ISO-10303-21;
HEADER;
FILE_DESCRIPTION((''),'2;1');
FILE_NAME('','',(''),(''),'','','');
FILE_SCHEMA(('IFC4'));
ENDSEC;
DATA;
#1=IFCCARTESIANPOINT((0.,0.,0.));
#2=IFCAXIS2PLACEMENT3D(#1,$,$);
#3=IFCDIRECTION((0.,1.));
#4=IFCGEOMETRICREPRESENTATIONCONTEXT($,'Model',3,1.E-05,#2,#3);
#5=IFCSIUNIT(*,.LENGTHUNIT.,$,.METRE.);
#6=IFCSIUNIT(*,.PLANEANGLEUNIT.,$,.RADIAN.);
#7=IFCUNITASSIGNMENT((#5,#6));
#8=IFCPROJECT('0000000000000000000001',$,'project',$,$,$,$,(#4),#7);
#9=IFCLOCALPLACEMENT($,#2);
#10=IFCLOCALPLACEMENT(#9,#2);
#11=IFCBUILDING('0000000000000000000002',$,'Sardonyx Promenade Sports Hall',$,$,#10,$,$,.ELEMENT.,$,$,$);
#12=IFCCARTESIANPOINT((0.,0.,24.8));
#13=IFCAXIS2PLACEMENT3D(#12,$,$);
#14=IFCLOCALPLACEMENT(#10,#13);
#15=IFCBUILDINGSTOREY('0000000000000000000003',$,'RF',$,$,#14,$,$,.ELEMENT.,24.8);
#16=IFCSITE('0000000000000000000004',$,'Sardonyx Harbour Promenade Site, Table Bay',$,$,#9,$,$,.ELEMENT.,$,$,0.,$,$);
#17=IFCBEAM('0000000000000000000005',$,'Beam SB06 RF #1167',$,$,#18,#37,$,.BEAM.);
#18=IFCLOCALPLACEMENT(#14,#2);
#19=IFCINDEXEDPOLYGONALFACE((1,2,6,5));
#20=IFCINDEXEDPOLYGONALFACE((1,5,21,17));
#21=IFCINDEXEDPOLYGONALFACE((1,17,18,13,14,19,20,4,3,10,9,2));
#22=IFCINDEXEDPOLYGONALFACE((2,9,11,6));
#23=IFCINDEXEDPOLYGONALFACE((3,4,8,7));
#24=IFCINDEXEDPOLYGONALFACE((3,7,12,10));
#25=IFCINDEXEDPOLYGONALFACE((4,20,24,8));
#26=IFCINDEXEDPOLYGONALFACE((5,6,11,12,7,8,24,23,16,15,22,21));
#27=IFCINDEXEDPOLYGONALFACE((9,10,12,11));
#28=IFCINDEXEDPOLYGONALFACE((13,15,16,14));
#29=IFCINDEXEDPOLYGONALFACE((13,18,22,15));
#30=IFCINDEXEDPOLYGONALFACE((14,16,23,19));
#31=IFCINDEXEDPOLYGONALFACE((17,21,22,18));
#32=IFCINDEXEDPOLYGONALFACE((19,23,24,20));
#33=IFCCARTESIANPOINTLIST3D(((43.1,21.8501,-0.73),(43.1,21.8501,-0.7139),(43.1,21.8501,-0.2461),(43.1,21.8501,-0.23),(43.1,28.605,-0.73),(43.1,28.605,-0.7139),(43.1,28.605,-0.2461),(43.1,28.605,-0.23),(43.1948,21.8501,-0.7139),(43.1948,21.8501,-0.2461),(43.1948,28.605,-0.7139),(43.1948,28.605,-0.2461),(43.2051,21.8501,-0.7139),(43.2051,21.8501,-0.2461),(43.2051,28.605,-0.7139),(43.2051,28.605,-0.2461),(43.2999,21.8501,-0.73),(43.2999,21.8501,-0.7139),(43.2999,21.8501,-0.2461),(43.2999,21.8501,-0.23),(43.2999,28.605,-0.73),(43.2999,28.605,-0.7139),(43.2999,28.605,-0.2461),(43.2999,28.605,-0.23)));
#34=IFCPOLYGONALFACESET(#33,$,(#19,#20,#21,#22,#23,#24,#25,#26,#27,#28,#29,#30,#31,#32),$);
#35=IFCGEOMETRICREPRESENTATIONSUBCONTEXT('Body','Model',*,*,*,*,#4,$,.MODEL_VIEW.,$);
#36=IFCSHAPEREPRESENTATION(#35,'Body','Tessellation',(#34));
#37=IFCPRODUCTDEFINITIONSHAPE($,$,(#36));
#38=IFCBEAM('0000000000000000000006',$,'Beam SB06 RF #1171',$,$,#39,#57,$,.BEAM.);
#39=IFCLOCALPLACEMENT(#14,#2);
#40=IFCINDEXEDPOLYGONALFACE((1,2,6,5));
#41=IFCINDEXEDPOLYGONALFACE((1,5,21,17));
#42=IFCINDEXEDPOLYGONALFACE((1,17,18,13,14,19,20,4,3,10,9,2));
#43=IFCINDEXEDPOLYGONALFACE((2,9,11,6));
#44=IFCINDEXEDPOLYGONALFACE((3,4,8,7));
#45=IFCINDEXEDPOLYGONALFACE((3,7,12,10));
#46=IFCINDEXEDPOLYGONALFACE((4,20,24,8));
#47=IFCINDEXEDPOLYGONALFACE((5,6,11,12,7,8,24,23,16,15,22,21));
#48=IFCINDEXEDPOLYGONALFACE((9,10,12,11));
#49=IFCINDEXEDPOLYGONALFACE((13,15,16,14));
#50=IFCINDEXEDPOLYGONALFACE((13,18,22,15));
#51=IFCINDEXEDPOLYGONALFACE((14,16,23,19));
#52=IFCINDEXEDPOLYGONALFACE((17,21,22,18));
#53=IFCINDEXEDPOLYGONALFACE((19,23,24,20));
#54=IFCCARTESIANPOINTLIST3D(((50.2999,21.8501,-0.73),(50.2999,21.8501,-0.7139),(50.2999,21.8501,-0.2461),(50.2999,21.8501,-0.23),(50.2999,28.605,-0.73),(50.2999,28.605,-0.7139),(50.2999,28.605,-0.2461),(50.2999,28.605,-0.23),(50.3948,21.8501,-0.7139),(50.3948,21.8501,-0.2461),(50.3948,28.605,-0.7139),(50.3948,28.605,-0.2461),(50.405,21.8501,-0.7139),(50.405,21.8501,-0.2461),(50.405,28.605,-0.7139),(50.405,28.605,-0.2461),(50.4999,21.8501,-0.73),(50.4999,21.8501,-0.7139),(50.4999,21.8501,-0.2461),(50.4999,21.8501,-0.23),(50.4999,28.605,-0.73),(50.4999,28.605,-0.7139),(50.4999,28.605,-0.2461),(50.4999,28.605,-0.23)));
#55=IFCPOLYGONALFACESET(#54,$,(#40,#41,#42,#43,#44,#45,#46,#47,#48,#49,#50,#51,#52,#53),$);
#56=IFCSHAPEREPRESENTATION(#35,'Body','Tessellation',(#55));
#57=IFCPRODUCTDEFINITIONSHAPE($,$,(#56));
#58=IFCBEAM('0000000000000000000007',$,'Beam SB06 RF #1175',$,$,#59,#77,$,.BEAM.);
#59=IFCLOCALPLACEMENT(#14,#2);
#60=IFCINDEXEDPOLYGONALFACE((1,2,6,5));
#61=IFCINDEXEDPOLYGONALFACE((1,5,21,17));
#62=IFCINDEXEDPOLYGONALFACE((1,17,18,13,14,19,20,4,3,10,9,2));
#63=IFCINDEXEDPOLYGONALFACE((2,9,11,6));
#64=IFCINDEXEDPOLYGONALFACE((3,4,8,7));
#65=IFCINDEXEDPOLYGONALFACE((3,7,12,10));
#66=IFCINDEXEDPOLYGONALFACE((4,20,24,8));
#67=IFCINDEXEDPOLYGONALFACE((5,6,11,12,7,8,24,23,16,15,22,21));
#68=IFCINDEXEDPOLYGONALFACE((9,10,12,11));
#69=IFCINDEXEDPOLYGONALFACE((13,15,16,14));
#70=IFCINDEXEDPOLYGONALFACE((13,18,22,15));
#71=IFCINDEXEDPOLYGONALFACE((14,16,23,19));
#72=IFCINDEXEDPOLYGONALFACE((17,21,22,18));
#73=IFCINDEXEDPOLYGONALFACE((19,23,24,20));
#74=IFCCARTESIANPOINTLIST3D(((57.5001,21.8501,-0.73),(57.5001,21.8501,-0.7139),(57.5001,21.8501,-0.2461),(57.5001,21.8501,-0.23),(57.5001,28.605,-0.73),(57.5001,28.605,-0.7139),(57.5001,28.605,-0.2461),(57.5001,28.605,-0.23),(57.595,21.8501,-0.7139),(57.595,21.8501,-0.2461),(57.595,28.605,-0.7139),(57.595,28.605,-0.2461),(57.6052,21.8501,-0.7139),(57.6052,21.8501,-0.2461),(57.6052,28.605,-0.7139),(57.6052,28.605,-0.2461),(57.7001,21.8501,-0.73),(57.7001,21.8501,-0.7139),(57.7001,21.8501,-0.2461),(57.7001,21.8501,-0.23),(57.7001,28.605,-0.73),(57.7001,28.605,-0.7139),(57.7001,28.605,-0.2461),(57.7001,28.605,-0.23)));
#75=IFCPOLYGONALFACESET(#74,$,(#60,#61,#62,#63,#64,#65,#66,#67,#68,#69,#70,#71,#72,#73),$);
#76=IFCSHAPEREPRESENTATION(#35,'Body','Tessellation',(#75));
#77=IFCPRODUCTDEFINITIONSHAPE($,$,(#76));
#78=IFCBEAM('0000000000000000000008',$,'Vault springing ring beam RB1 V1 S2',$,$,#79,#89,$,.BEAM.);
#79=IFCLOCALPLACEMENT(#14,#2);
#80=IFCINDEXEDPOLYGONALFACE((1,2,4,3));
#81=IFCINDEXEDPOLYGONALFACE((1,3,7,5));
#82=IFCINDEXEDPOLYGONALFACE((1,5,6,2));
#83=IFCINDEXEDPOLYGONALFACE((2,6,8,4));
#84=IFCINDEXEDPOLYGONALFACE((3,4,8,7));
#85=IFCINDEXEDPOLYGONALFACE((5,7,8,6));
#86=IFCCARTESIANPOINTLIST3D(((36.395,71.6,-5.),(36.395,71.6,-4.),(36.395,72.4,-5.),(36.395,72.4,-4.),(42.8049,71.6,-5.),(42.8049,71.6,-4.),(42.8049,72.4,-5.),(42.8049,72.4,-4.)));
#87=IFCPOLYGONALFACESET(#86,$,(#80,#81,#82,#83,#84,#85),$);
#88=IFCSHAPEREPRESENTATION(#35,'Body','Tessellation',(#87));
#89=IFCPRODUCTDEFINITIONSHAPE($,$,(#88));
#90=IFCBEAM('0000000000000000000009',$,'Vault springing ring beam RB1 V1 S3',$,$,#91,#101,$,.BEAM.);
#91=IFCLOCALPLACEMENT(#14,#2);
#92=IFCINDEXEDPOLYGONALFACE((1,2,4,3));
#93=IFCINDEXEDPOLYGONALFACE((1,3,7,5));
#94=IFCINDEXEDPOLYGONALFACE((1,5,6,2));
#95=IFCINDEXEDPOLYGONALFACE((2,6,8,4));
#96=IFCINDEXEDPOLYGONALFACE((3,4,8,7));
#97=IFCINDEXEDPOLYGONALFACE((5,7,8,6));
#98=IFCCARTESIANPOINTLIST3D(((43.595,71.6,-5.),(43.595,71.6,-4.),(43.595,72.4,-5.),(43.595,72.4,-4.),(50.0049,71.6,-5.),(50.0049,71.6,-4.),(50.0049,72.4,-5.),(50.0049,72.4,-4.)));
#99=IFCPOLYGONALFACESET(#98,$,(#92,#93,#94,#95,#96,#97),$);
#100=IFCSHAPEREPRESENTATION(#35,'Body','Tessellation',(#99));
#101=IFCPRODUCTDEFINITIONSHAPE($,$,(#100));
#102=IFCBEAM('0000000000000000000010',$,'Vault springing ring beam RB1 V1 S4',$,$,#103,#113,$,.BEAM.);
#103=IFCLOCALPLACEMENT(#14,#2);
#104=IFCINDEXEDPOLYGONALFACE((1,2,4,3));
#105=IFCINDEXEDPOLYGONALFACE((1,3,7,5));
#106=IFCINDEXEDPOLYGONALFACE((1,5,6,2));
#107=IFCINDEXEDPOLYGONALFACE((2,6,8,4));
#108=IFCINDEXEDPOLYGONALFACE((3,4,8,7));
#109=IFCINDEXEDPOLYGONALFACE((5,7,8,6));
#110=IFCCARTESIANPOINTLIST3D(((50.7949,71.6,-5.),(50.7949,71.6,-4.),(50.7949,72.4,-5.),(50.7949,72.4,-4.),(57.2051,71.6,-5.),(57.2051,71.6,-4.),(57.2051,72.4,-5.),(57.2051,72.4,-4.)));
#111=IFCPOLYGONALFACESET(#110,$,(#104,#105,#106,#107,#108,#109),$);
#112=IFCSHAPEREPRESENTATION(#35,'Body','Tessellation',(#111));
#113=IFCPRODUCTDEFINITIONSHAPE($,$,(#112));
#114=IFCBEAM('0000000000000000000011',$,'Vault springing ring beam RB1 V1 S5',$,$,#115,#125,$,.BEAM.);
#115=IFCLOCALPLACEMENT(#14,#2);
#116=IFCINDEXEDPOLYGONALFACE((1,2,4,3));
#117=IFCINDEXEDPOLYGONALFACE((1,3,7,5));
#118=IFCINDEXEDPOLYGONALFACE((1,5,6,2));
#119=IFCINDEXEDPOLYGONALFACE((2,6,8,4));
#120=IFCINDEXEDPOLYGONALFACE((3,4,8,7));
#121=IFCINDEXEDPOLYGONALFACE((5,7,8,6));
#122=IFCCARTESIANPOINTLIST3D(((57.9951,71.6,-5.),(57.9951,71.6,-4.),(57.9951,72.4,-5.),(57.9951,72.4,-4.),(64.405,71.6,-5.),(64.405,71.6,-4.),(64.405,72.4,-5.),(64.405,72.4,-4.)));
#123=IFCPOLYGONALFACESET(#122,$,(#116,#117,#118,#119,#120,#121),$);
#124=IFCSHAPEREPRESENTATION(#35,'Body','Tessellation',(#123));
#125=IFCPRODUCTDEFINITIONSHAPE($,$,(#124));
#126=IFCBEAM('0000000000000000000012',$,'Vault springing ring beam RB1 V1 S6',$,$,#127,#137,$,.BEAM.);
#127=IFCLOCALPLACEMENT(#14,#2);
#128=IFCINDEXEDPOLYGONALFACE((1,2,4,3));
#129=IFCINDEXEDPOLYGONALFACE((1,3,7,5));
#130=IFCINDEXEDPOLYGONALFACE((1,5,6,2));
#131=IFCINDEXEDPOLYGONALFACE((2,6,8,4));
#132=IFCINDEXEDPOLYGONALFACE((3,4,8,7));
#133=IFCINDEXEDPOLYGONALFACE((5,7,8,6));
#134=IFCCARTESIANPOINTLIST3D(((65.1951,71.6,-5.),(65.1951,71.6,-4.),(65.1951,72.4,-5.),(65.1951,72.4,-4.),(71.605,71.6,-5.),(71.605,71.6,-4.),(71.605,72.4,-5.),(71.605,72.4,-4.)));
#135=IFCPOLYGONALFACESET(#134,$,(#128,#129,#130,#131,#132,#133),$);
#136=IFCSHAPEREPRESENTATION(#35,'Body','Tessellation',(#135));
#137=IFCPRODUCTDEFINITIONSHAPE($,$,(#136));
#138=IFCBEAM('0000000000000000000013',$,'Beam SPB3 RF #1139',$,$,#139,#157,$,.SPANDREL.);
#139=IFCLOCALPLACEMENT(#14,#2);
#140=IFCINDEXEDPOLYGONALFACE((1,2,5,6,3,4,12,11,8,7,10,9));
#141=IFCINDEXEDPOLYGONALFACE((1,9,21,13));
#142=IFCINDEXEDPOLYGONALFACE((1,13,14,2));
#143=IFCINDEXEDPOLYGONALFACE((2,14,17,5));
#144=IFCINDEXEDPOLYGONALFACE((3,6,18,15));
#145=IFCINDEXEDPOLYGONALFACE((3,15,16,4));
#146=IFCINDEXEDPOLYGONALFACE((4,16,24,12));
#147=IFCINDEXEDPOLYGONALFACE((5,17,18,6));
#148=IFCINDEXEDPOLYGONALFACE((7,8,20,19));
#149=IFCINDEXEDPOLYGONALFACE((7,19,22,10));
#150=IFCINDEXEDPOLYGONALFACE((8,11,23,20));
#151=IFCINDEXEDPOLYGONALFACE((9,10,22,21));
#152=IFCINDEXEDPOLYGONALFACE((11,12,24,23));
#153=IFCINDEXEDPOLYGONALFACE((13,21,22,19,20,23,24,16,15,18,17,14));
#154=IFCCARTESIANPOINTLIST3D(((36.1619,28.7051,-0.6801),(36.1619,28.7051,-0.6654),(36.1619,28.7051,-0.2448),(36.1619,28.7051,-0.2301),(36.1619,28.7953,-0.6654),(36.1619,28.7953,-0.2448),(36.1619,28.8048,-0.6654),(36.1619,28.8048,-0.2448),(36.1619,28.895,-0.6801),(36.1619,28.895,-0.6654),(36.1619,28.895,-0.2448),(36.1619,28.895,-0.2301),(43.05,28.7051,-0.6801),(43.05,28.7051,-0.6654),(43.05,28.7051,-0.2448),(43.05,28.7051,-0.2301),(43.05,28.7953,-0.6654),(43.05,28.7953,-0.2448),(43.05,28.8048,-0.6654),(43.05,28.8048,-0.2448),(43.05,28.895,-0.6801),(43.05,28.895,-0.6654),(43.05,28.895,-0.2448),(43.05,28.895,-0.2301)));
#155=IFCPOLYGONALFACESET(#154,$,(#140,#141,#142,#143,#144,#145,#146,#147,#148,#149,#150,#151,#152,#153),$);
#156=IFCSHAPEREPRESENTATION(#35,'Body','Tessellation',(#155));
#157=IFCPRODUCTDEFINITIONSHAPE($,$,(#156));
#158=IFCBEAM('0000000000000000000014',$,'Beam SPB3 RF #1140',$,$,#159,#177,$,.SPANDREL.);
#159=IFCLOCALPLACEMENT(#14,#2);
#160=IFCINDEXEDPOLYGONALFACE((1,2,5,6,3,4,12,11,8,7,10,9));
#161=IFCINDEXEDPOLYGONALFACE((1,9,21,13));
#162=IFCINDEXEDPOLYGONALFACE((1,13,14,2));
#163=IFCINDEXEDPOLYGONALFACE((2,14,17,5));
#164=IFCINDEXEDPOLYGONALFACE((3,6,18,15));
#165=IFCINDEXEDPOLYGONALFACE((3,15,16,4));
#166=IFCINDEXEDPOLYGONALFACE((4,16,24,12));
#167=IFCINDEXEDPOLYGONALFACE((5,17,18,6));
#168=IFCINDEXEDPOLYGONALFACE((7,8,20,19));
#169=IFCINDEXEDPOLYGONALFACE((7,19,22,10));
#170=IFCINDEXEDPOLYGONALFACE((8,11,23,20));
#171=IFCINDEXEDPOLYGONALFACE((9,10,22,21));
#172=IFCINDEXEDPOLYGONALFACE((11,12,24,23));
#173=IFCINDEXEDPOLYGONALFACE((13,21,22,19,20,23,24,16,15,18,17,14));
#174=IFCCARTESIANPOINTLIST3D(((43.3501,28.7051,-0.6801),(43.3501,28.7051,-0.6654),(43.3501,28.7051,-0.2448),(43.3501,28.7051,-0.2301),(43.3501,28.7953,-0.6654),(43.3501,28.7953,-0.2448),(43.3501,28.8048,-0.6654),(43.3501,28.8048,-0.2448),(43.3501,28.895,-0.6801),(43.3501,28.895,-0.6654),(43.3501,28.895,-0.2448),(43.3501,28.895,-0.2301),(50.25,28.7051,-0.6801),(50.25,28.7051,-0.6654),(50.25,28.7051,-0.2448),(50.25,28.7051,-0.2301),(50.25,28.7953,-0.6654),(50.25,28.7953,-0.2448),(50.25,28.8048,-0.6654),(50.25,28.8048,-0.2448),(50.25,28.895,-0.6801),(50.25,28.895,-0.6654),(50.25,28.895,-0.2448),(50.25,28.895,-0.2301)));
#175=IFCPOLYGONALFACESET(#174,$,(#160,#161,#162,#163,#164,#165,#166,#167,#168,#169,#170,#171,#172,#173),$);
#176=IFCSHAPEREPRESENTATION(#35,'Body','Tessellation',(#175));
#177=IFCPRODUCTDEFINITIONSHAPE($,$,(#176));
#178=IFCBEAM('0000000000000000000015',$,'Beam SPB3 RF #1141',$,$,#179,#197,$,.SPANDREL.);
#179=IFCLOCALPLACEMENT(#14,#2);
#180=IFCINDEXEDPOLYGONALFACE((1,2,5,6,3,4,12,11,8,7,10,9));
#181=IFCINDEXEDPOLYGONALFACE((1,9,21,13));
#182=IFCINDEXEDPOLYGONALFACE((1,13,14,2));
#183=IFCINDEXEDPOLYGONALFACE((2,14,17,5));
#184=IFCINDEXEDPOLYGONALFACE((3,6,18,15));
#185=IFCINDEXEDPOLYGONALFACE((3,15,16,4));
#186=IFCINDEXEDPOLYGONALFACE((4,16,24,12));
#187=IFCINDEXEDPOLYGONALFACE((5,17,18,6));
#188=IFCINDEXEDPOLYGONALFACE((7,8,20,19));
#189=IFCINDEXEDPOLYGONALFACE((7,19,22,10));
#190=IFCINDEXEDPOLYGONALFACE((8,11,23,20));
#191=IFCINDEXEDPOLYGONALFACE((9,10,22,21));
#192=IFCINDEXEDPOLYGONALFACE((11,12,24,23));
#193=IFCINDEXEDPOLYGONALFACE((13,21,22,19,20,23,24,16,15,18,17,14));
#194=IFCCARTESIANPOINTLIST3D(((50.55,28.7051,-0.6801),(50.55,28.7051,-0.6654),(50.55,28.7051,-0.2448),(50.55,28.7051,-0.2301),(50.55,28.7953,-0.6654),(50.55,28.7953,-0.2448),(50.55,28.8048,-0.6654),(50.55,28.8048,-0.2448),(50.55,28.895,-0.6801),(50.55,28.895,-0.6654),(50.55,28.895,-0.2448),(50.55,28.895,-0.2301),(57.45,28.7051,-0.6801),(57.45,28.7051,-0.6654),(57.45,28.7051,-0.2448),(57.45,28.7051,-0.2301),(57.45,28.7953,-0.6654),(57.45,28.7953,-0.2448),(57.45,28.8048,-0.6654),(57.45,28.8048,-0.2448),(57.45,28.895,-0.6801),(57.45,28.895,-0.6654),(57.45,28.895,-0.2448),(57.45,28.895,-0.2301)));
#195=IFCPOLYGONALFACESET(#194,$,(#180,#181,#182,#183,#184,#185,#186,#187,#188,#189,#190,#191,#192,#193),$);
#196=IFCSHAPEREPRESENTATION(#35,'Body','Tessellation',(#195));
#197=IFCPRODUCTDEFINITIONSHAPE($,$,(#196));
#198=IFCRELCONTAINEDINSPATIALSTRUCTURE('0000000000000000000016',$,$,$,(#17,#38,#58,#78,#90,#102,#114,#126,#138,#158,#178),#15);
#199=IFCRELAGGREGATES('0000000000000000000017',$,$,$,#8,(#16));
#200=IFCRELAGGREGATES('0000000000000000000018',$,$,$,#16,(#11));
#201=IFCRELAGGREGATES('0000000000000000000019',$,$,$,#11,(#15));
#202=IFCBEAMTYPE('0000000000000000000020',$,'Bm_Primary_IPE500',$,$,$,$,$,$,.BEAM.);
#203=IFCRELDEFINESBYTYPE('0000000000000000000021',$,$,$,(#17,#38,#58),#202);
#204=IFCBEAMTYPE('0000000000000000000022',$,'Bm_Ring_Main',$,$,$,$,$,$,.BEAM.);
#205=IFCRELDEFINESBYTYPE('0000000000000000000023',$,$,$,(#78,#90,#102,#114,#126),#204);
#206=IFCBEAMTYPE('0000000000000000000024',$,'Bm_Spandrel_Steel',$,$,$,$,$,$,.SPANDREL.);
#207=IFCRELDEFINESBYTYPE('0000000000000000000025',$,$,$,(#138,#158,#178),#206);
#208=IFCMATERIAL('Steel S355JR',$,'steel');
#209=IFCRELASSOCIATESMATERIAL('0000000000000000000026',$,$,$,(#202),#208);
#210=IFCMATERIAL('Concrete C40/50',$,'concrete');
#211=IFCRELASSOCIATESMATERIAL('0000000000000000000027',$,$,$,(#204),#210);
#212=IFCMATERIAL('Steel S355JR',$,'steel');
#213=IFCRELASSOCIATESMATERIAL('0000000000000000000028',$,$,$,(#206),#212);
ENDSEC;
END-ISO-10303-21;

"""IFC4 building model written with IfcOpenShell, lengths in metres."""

from ifc_helpers import new_model, si_unit, direction, frame, origin, origin_2d, place, context, subcontext, project, spatial, rectangle, i_section, extrude, material, material_profile, profile_set, type_object, element, save


model = new_model("IFC4")

# Units and contexts
model_context = context("Model", 3, precision=1e-05, world=origin(), true_north=direction((0.0, 1.0)))
body_context = subcontext(model_context, "Body", "Model", "MODEL_VIEW")
ifc_project = project(units=[si_unit("LENGTHUNIT", "METRE"), si_unit("PLANEANGLEUNIT", "RADIAN")], contexts=[model_context])

# Site, building, storey
site_placement = place(None, origin())
site = spatial("IfcSite", under=ifc_project, at=site_placement, Name="Sardonyx Harbour Promenade Site, Table Bay", CompositionType="ELEMENT", RefElevation=0.0)
building_placement = place(site_placement, origin())
building = spatial("IfcBuilding", under=site, at=building_placement, Name="Sardonyx Promenade Sports Hall", CompositionType="ELEMENT")
storey_placement = place(building_placement, frame((0.0, 0.0, 24.8)))
storey = spatial("IfcBuildingStorey", under=building, at=storey_placement, Name="RF", CompositionType="ELEMENT", Elevation=24.8)

# Beams
ifc_material_1 = material(Name="Steel S355JR", Category="steel")
ifc_material_profile_1 = material_profile(ifc_material_1, i_section(OverallWidth=0.2, OverallDepth=0.5, WebThickness=0.0103, FlangeThickness=0.0161, at=origin_2d()))
ifc_profile_set_1 = profile_set([ifc_material_profile_1], Name="Steel S355JR")
beam_type_1 = type_object("IfcBeamType", Name="Bm_Primary_IPE500", PredefinedType="BEAM", material=ifc_profile_set_1)
for number, where, z_axis, x_axis, name in (
    (1, (43.2, 21.8501, -0.48), (0.0, 1.0, 0.0), (-1.0, 0.0, 0.0), "Beam SB06 RF #1167"),
    (2, (50.3999, 21.8501, -0.48), (0.0, 1.0, 0.0), (-1.0, 0.0, 0.0), "Beam SB06 RF #1171"),
    (3, (57.6001, 21.8501, -0.48), (0.0, 1.0, 0.0), (-1.0, 0.0, 0.0), "Beam SB06 RF #1175"),
):
    element("IfcBeam", number, at=place(storey_placement, frame(where, z_axis=z_axis, x_axis=x_axis)), inside=storey, type_object=beam_type_1, Name=name, PredefinedType="BEAM", context=body_context, shape_type="SweptSolid", body=[
        extrude(i_section(OverallWidth=0.2, OverallDepth=0.5, WebThickness=0.0103, FlangeThickness=0.0161, at=origin_2d()), origin(), (0.0, 0.0, 1.0), 6.7549),
    ])
ifc_material_2 = material(Name="Concrete C40/50", Category="concrete")
ifc_material_profile_2 = material_profile(ifc_material_2, rectangle(XDim=0.8, YDim=1.0, at=origin_2d()))
ifc_profile_set_2 = profile_set([ifc_material_profile_2], Name="Concrete C40/50")
beam_type_2 = type_object("IfcBeamType", Name="Bm_Ring_Main", PredefinedType="BEAM", material=ifc_profile_set_2)
for number, where, z_axis, x_axis, name in (
    (4, (36.395, 72.0, -4.5), (1.0, 0.0, 0.0), (0.0, 1.0, 0.0), "Vault springing ring beam RB1 V1 S2"),
    (5, (43.595, 72.0, -4.5), (1.0, 0.0, 0.0), (0.0, 1.0, 0.0), "Vault springing ring beam RB1 V1 S3"),
):
    element("IfcBeam", number, at=place(storey_placement, frame(where, z_axis=z_axis, x_axis=x_axis)), inside=storey, type_object=beam_type_2, Name=name, PredefinedType="BEAM", context=body_context, shape_type="SweptSolid", body=[
        extrude(rectangle(XDim=0.8, YDim=1.0, at=origin_2d()), origin(), (0.0, 0.0, 1.0), 6.4099),
    ])
beam_1_placement = place(storey_placement, frame((50.7949, 72.0, -4.5), z_axis=(1.0, 0.0, 0.0), x_axis=(0.0, 1.0, 0.0)))
element("IfcBeam", 6, at=beam_1_placement, inside=storey, type_object=beam_type_2, Name="Vault springing ring beam RB1 V1 S4", PredefinedType="BEAM", context=body_context, shape_type="SweptSolid", body=[
    extrude(rectangle(XDim=0.8, YDim=1.0, at=origin_2d()), origin(), (0.0, 0.0, 1.0), 6.4102),
])
for number, where, z_axis, x_axis, name in (
    (7, (57.9951, 72.0, -4.5), (1.0, 0.0, 0.0), (0.0, 1.0, 0.0), "Vault springing ring beam RB1 V1 S5"),
    (8, (65.1951, 72.0, -4.5), (1.0, 0.0, 0.0), (0.0, 1.0, 0.0), "Vault springing ring beam RB1 V1 S6"),
):
    element("IfcBeam", number, at=place(storey_placement, frame(where, z_axis=z_axis, x_axis=x_axis)), inside=storey, type_object=beam_type_2, Name=name, PredefinedType="BEAM", context=body_context, shape_type="SweptSolid", body=[
        extrude(rectangle(XDim=0.8, YDim=1.0, at=origin_2d()), origin(), (0.0, 0.0, 1.0), 6.4099),
    ])
ifc_material_3 = material(Name="Steel S355JR", Category="steel")
ifc_material_profile_3 = material_profile(ifc_material_3, i_section(OverallWidth=0.1899, OverallDepth=0.45, WebThickness=0.0095, FlangeThickness=0.0146, at=origin_2d()))
ifc_profile_set_3 = profile_set([ifc_material_profile_3], Name="Steel S355JR")
beam_type_3 = type_object("IfcBeamType", Name="Bm_Spandrel_Steel", PredefinedType="SPANDREL", material=ifc_profile_set_3)
beam_2_placement = place(storey_placement, frame((36.1619, 28.8, -0.4551), z_axis=(1.0, 0.0, 0.0), x_axis=(0.0, 1.0, 0.0)))
element("IfcBeam", 9, at=beam_2_placement, inside=storey, type_object=beam_type_3, Name="Beam SPB3 RF #1139", PredefinedType="SPANDREL", context=body_context, shape_type="SweptSolid", body=[
    extrude(i_section(OverallWidth=0.1899, OverallDepth=0.45, WebThickness=0.0095, FlangeThickness=0.0146, at=origin_2d()), origin(), (0.0, 0.0, 1.0), 6.8882),
])
for number, where, z_axis, x_axis, name in (
    (10, (43.3501, 28.8, -0.4551), (1.0, 0.0, 0.0), (0.0, 1.0, 0.0), "Beam SPB3 RF #1140"),
    (11, (50.55, 28.8, -0.4551), (1.0, 0.0, 0.0), (0.0, 1.0, 0.0), "Beam SPB3 RF #1141"),
):
    element("IfcBeam", number, at=place(storey_placement, frame(where, z_axis=z_axis, x_axis=x_axis)), inside=storey, type_object=beam_type_3, Name=name, PredefinedType="SPANDREL", context=body_context, shape_type="SweptSolid", body=[
        extrude(i_section(OverallWidth=0.1899, OverallDepth=0.45, WebThickness=0.0095, FlangeThickness=0.0146, at=origin_2d()), origin(), (0.0, 0.0, 1.0), 6.8999),
    ])

save(model, "model.ifc")
